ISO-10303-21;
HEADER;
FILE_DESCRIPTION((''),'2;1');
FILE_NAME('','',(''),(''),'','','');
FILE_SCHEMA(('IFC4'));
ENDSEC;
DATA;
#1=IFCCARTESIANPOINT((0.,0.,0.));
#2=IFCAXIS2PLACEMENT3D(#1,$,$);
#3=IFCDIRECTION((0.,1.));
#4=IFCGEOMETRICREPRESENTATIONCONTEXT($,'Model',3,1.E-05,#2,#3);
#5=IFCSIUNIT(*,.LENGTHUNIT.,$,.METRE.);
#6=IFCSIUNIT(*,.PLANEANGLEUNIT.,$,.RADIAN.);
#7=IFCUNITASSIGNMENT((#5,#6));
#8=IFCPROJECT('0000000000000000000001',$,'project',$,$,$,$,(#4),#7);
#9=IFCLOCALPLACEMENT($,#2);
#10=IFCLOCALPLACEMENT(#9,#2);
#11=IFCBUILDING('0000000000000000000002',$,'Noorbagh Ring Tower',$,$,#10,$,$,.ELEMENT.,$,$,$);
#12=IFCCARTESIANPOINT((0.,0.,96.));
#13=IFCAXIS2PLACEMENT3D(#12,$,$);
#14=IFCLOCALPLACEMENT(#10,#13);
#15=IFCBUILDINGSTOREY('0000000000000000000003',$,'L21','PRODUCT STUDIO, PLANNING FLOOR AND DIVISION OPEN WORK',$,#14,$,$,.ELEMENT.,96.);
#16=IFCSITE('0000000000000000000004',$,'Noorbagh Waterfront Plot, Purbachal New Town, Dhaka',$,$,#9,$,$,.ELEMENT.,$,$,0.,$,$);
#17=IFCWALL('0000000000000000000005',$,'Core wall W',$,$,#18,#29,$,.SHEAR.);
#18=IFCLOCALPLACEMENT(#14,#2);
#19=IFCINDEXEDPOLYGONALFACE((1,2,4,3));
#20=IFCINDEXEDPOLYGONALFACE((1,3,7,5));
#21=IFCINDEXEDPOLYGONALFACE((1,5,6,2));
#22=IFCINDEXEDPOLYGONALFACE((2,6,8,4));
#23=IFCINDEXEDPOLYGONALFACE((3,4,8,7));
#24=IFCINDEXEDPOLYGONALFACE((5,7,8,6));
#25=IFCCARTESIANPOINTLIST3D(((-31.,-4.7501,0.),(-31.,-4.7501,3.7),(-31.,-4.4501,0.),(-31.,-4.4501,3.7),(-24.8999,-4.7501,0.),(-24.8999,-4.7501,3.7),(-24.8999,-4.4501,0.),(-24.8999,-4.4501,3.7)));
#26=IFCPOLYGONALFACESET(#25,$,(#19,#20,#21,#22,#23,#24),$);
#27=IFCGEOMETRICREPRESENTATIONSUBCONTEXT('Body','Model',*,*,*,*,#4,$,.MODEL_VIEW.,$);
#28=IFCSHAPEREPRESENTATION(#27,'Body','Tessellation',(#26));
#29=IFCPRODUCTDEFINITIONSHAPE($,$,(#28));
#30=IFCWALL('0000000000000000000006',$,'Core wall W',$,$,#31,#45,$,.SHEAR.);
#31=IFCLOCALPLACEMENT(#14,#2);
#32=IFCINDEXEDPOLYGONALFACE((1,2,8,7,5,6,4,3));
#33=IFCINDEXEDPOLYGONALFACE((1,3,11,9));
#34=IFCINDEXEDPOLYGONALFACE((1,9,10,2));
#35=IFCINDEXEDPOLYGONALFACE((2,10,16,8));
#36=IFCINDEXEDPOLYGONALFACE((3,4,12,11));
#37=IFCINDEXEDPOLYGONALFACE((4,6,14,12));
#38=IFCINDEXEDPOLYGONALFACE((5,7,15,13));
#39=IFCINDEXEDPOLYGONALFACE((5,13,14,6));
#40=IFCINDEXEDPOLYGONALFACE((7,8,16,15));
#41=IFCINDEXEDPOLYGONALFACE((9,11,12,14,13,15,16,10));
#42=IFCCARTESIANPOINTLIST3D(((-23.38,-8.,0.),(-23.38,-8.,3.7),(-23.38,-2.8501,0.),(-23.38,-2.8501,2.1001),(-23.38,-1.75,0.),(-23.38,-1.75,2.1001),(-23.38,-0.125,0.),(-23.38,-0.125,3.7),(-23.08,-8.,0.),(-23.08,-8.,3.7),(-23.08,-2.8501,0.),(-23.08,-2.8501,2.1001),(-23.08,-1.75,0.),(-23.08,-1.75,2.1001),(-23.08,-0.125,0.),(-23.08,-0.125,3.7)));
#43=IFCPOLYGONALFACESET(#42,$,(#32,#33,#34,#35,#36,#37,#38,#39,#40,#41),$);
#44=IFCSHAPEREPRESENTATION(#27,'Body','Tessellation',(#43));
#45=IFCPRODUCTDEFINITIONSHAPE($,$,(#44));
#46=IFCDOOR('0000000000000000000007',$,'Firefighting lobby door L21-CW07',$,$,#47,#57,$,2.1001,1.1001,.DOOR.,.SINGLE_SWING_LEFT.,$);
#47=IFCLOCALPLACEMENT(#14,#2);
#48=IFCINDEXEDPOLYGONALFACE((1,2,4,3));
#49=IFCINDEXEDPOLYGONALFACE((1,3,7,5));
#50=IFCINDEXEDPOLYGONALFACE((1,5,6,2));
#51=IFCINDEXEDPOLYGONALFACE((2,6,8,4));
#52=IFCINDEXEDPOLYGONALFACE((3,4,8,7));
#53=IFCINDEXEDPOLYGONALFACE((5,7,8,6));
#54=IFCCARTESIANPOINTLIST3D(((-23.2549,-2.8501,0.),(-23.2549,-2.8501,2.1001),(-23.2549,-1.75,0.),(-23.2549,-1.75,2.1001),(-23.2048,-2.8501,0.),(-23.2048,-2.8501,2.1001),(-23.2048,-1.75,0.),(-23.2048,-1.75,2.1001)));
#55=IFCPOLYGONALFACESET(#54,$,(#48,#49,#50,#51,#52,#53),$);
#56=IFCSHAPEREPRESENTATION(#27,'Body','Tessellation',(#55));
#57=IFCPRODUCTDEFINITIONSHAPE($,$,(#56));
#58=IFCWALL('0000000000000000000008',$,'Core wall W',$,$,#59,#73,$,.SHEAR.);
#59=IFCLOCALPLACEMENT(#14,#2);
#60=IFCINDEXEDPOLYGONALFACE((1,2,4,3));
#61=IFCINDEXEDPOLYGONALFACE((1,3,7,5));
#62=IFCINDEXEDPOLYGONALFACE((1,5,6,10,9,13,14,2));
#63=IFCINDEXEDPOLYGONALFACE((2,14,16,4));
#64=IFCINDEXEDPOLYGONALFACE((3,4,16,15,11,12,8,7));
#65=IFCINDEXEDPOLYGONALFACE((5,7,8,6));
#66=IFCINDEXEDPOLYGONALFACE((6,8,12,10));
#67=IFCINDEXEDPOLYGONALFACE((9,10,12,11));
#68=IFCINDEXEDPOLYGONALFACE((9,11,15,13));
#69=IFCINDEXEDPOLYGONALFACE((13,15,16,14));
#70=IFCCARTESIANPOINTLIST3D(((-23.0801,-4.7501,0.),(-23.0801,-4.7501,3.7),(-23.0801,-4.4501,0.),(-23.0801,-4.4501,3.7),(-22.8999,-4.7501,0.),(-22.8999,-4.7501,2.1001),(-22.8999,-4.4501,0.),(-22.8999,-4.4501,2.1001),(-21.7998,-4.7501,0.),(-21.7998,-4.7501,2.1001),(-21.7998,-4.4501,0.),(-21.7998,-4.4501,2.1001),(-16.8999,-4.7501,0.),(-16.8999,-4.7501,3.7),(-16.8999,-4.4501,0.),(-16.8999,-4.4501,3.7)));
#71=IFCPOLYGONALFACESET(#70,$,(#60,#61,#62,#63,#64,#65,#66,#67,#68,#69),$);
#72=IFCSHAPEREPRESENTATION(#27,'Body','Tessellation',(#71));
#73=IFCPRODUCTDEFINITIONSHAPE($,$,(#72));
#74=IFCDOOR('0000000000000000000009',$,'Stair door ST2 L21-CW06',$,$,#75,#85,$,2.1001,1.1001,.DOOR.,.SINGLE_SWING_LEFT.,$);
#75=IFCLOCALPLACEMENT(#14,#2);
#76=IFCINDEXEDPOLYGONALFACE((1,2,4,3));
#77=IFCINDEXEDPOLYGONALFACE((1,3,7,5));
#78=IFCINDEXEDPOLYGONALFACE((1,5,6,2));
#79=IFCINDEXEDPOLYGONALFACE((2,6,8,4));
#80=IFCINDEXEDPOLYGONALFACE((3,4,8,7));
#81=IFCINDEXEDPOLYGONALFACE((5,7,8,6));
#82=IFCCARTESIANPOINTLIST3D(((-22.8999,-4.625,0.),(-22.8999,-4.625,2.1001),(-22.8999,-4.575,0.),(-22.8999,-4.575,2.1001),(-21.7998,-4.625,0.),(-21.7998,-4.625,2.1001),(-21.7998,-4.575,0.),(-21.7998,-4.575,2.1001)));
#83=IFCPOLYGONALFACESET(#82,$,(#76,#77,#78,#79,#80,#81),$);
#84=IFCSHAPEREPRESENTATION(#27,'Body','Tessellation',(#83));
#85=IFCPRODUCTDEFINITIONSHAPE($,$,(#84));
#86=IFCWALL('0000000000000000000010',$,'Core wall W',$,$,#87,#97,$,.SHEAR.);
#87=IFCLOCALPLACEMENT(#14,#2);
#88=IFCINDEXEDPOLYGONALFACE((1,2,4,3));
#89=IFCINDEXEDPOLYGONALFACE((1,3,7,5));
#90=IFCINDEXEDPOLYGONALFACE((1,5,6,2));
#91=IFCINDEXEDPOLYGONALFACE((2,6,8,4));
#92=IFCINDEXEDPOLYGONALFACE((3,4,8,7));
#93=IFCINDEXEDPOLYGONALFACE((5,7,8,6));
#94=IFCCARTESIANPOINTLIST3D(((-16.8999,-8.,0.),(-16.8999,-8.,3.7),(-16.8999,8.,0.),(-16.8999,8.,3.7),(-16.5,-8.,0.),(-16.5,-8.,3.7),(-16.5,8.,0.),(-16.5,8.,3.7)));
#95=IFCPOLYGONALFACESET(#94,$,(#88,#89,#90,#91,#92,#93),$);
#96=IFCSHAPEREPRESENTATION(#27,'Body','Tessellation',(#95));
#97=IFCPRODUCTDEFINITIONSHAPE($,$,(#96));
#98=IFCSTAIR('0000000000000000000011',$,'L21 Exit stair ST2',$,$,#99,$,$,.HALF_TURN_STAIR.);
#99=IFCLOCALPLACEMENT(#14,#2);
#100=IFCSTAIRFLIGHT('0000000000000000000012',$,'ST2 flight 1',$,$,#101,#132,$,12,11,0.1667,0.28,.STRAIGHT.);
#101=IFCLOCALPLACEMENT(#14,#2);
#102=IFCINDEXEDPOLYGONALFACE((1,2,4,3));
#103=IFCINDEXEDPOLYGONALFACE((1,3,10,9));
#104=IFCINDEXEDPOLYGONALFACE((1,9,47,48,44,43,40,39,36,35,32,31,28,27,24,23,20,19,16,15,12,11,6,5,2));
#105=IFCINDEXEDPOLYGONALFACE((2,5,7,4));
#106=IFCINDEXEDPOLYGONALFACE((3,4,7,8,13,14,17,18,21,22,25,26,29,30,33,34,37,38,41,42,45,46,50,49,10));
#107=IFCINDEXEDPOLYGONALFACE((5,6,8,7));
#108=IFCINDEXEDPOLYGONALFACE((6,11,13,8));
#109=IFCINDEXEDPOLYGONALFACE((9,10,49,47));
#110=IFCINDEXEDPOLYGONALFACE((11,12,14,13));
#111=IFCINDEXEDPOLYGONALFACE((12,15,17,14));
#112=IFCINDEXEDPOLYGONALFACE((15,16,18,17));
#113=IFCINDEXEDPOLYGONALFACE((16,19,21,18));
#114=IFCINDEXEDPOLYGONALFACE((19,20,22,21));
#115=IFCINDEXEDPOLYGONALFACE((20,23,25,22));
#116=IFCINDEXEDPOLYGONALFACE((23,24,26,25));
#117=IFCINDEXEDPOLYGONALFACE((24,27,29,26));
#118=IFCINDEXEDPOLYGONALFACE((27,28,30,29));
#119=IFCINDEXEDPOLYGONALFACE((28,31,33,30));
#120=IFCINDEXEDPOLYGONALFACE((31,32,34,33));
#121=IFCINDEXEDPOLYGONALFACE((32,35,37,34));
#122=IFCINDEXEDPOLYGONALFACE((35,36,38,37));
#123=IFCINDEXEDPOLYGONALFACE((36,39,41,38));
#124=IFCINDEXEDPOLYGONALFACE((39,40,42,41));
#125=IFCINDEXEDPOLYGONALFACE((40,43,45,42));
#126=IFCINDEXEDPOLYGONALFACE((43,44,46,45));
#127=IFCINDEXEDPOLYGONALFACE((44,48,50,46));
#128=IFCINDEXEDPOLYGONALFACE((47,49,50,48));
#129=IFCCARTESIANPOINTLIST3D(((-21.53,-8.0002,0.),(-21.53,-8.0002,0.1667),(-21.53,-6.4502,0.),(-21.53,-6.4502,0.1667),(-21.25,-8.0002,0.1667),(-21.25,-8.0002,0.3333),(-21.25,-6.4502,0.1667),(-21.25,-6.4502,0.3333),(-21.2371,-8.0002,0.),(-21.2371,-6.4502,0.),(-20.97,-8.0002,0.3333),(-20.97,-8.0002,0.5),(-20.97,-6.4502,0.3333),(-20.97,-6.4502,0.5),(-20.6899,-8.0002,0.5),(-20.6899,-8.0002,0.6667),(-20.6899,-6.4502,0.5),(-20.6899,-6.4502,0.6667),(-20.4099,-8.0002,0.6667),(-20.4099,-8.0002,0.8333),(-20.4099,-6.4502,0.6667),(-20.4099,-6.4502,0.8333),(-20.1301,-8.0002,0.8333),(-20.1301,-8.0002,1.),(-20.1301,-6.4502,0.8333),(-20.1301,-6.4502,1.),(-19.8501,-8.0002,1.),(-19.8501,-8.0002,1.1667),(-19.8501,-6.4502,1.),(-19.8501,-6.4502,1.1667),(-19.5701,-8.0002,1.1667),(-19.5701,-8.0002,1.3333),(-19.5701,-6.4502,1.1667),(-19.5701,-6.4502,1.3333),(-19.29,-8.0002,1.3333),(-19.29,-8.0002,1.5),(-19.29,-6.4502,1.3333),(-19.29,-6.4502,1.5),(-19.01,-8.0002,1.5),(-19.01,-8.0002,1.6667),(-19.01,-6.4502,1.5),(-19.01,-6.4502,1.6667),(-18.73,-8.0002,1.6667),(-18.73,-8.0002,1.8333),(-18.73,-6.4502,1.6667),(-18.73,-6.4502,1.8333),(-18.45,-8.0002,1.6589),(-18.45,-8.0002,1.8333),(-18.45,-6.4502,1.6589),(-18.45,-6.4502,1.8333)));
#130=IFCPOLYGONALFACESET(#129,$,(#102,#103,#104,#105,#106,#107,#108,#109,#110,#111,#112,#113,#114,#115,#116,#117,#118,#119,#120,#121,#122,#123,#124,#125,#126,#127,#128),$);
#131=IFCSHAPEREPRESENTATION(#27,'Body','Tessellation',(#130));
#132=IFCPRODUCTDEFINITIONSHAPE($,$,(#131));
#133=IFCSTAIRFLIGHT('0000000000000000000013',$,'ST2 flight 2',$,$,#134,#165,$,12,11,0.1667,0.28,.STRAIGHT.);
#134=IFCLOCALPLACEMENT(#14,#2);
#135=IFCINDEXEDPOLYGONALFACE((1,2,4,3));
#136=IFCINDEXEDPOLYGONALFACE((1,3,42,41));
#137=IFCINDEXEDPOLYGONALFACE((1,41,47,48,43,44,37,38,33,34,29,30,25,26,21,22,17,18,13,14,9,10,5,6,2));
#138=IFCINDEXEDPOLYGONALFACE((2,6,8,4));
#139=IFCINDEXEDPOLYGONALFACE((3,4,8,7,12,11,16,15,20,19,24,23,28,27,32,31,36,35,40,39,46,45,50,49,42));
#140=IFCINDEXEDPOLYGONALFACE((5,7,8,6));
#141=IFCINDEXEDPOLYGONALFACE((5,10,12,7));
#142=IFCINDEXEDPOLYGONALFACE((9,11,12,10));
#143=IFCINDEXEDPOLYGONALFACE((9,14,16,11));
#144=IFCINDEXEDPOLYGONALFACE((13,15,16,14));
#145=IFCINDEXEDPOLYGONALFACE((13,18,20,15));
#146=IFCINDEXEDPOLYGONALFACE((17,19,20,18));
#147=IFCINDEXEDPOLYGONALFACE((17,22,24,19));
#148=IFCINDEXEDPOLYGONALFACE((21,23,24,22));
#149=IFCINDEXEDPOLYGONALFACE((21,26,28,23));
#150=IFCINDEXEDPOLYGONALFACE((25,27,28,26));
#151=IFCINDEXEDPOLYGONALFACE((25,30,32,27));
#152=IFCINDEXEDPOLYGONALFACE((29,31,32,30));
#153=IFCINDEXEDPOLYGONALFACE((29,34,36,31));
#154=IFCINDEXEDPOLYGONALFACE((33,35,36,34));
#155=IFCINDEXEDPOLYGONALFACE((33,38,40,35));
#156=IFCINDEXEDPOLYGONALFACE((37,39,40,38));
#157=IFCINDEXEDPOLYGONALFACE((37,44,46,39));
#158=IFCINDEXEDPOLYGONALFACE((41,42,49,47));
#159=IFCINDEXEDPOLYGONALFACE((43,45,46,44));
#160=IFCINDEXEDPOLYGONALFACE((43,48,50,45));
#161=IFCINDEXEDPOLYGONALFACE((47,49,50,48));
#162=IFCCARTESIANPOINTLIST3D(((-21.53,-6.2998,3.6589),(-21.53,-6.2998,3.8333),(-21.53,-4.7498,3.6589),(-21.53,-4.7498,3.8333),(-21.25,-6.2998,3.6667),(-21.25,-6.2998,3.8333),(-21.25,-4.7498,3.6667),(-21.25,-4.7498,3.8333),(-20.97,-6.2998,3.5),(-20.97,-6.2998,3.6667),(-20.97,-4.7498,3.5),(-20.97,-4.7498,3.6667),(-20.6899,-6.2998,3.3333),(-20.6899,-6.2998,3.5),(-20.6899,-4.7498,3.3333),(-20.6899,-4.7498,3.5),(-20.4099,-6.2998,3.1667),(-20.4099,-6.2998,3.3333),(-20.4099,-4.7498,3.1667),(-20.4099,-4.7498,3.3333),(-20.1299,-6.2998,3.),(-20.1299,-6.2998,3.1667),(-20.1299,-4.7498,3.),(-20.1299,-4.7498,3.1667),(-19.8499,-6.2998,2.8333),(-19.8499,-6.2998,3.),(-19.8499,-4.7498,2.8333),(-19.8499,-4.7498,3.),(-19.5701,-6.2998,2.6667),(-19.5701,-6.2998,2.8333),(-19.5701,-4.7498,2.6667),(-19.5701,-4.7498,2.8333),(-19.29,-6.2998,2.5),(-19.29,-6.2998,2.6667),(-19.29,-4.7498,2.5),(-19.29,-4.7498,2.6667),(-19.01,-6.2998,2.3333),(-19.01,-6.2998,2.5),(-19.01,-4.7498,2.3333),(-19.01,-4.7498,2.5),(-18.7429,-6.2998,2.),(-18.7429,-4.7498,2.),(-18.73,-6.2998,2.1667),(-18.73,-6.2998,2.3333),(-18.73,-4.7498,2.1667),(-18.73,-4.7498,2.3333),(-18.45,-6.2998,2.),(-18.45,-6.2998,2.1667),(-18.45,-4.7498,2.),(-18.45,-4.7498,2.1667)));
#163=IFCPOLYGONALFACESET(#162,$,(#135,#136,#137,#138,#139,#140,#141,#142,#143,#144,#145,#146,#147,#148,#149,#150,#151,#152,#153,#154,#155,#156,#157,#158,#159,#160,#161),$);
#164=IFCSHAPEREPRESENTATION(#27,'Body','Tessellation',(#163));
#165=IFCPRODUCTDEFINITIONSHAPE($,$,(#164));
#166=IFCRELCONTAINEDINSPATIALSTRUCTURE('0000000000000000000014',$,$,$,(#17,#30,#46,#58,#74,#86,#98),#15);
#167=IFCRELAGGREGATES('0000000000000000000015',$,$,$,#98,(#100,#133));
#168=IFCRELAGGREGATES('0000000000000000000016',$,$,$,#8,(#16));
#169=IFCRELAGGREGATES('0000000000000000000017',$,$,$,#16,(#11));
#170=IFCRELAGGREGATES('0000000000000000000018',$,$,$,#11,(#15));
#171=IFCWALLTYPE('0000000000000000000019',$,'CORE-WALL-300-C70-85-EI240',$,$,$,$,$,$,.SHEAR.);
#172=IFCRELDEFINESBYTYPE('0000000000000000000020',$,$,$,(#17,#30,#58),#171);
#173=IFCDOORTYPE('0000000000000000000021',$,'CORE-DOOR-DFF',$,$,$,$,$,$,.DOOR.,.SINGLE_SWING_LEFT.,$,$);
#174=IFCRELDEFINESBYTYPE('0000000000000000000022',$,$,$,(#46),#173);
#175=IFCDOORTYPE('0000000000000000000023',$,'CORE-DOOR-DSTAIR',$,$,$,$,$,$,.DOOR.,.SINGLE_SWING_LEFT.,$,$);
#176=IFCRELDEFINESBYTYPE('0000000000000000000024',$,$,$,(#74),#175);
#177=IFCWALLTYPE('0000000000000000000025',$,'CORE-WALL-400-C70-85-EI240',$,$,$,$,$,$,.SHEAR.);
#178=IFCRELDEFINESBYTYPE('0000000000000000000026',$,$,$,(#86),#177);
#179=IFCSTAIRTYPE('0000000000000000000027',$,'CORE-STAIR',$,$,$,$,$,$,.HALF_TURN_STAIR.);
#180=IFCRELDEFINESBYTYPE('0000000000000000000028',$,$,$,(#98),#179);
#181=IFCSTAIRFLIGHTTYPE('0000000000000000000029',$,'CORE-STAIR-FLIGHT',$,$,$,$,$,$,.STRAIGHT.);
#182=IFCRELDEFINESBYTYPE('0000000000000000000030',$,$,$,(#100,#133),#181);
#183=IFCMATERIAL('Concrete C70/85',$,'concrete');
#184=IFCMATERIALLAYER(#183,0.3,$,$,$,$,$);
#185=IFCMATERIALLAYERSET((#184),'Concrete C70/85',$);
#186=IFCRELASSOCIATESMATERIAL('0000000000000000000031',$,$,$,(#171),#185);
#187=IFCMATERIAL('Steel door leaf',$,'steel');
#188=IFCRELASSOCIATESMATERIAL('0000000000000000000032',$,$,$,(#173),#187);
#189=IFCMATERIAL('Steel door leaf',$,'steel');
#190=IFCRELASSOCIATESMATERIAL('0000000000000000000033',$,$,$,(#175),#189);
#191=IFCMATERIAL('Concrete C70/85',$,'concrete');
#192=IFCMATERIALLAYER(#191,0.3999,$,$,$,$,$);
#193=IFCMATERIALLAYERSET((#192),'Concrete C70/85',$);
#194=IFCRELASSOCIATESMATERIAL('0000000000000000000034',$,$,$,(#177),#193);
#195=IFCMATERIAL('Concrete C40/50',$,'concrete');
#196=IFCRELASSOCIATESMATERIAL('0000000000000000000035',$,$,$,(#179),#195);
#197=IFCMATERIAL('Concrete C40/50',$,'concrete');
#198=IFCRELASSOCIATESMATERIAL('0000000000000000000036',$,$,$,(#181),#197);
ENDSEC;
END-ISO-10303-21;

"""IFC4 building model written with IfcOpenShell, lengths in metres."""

from ifc_helpers import new_model, si_unit, direction, frame, frame_2d, origin, place, context, subcontext, project, spatial, polyline, rectangle, outline, extrude, material, layer, layer_set, type_object, element, fill, aggregate, save


model = new_model("IFC4")

# Units and contexts
model_context = context("Model", 3, precision=1e-05, world=origin(), true_north=direction((0.0, 1.0)))
body_context = subcontext(model_context, "Body", "Model", "MODEL_VIEW")
ifc_project = project(units=[si_unit("LENGTHUNIT", "METRE"), si_unit("PLANEANGLEUNIT", "RADIAN")], contexts=[model_context])

# Site, building, storey
site_placement = place(None, origin())
site = spatial("IfcSite", under=ifc_project, at=site_placement, Name="Noorbagh Waterfront Plot, Purbachal New Town, Dhaka", CompositionType="ELEMENT", RefElevation=0.0)
building_placement = place(site_placement, origin())
building = spatial("IfcBuilding", under=site, at=building_placement, Name="Noorbagh Ring Tower", CompositionType="ELEMENT")
storey_placement = place(building_placement, frame((0.0, 0.0, 96.0)))
storey = spatial("IfcBuildingStorey", under=building, at=storey_placement, Name="L21", Description="PRODUCT STUDIO, PLANNING FLOOR AND DIVISION OPEN WORK", CompositionType="ELEMENT", Elevation=96.0)

# Wall
ifc_material_1 = material(Name="Concrete C70/85", Category="concrete")
ifc_layer_1 = layer(ifc_material_1, 0.3)
ifc_layer_set_1 = layer_set([ifc_layer_1], Name="Concrete C70/85")
wall_type_1 = type_object("IfcWallType", Name="CORE-WALL-300-C70-85-EI240", PredefinedType="SHEAR", material=ifc_layer_set_1)
wall_1_placement = place(storey_placement, frame((-24.8999, -4.6001, 0.0), z_axis=(0.0, 0.0, 1.0), x_axis=(-1.0, 0.0, 0.0)))
element("IfcWall", 1, at=wall_1_placement, inside=storey, type_object=wall_type_1, Name="Core wall W", PredefinedType="SHEAR", context=body_context, shape_type="SweptSolid", body=[
    extrude(rectangle(XDim=6.1001, YDim=0.3, at=frame_2d((3.05, 0.0))), origin(), (0.0, 0.0, 1.0), 3.7),
])

# Walls, openings, doors
wall_2_placement = place(storey_placement, frame((-23.23, -8.0, 0.0), z_axis=(0.0, 0.0, 1.0), x_axis=(0.0, 1.0, 0.0)))
wall_2 = element("IfcWall", 2, at=wall_2_placement, inside=storey, type_object=wall_type_1, Name="Core wall W", PredefinedType="SHEAR", context=body_context, shape_type="SweptSolid", body=[
    extrude(rectangle(XDim=7.875, YDim=0.3, at=frame_2d((3.9375, 0.0))), origin(), (0.0, 0.0, 1.0), 3.7),
])
opening_1_placement = place(wall_2_placement, frame((5.1499, 0.0, 0.0)))
opening_1 = element("IfcOpeningElement", 3, at=opening_1_placement, cuts=wall_2, PredefinedType="OPENING", context=body_context, shape_type="SweptSolid", body=[
    extrude(rectangle(XDim=1.1001, YDim=2.1001, at=frame_2d((0.55, 1.05))), frame((0.0, 0.1602, 0.0), z_axis=(0.0, -1.0, 0.0), x_axis=(1.0, 0.0, 0.0)), (0.0, 0.0, 1.0), 0.3201),
])
ifc_material_2 = material(Name="Steel door leaf", Category="steel")
door_type_1 = type_object("IfcDoorType", Name="CORE-DOOR-DFF", OperationType="SINGLE_SWING_LEFT", PredefinedType="DOOR", material=ifc_material_2)
door_1_placement = place(opening_1_placement, origin())
door_1 = element("IfcDoor", 4, at=door_1_placement, inside=storey, type_object=door_type_1, Name="Firefighting lobby door L21-CW07", OperationType="SINGLE_SWING_LEFT", OverallHeight=2.1001, OverallWidth=1.1001, PredefinedType="DOOR", context=body_context, shape_type="SweptSolid", body=[
    extrude(rectangle(XDim=1.1001, YDim=2.1001, at=frame_2d((0.55, 1.05))), frame((0.0, 0.0249, 0.0), z_axis=(0.0, -1.0, 0.0), x_axis=(1.0, 0.0, 0.0)), (0.0, 0.0, 1.0), 0.05),
])
fill(opening_1, door_1)
wall_3_placement = place(storey_placement, frame((-16.8999, -4.6001, 0.0), z_axis=(0.0, 0.0, 1.0), x_axis=(-1.0, 0.0, 0.0)))
wall_3 = element("IfcWall", 5, at=wall_3_placement, inside=storey, type_object=wall_type_1, Name="Core wall W", PredefinedType="SHEAR", context=body_context, shape_type="SweptSolid", body=[
    extrude(rectangle(XDim=6.1802, YDim=0.3, at=frame_2d((3.0901, 0.0))), origin(), (0.0, 0.0, 1.0), 3.7),
])
opening_2_placement = place(wall_3_placement, frame((4.8999, 0.0, 0.0)))
opening_2 = element("IfcOpeningElement", 6, at=opening_2_placement, cuts=wall_3, PredefinedType="OPENING", context=body_context, shape_type="SweptSolid", body=[
    extrude(rectangle(XDim=1.1001, YDim=2.1001, at=frame_2d((0.55, 1.05))), frame((0.0, 0.1602, 0.0), z_axis=(0.0, -1.0, 0.0), x_axis=(1.0, 0.0, 0.0)), (0.0, 0.0, 1.0), 0.3201),
])
ifc_material_3 = material(Name="Steel door leaf", Category="steel")
door_type_2 = type_object("IfcDoorType", Name="CORE-DOOR-DSTAIR", OperationType="SINGLE_SWING_LEFT", PredefinedType="DOOR", material=ifc_material_3)
door_2_placement = place(opening_2_placement, origin())
door_2 = element("IfcDoor", 7, at=door_2_placement, inside=storey, type_object=door_type_2, Name="Stair door ST2 L21-CW06", OperationType="SINGLE_SWING_LEFT", OverallHeight=2.1001, OverallWidth=1.1001, PredefinedType="DOOR", context=body_context, shape_type="SweptSolid", body=[
    extrude(rectangle(XDim=1.1001, YDim=2.1001, at=frame_2d((0.55, 1.05))), frame((0.0, 0.0249, 0.0), z_axis=(0.0, -1.0, 0.0), x_axis=(1.0, 0.0, 0.0)), (0.0, 0.0, 1.0), 0.05),
])
fill(opening_2, door_2)

# Wall
ifc_material_4 = material(Name="Concrete C70/85", Category="concrete")
ifc_layer_2 = layer(ifc_material_4, 0.3999)
ifc_layer_set_2 = layer_set([ifc_layer_2], Name="Concrete C70/85")
wall_type_2 = type_object("IfcWallType", Name="CORE-WALL-400-C70-85-EI240", PredefinedType="SHEAR", material=ifc_layer_set_2)
wall_4_placement = place(storey_placement, frame((-16.7, -8.0, 0.0), z_axis=(0.0, 0.0, 1.0), x_axis=(0.0, 1.0, 0.0)))
element("IfcWall", 8, at=wall_4_placement, inside=storey, type_object=wall_type_2, Name="Core wall W", PredefinedType="SHEAR", context=body_context, shape_type="SweptSolid", body=[
    extrude(rectangle(XDim=16.0, YDim=0.3999, at=frame_2d((8.0, 0.0))), origin(), (0.0, 0.0, 1.0), 3.7),
])

# Stair, stair flights
ifc_material_5 = material(Name="Concrete C40/50", Category="concrete")
stair_type = type_object("IfcStairType", Name="CORE-STAIR", PredefinedType="HALF_TURN_STAIR", material=ifc_material_5)
stair_placement = place(storey_placement, origin())
stair = element("IfcStair", 9, at=stair_placement, inside=storey, type_object=stair_type, Name="L21 Exit stair ST2", PredefinedType="HALF_TURN_STAIR")
ifc_material_6 = material(Name="Concrete C40/50", Category="concrete")
stair_flight_type = type_object("IfcStairFlightType", Name="CORE-STAIR-FLIGHT", PredefinedType="STRAIGHT", material=ifc_material_6)
stair_flight_1_placement = place(storey_placement, frame((-21.53, -7.2251, 0.0), z_axis=(0.0, 0.0, 1.0), x_axis=(1.0, 0.0, 0.0)))
stair_flight_1 = element("IfcStairFlight", 10, at=stair_flight_1_placement, type_object=stair_flight_type, Name="ST2 flight 1", NumberOfRisers=12, NumberOfTreads=11, PredefinedType="STRAIGHT", RiserHeight=0.1667, TreadLength=0.28, context=body_context, shape_type="SweptSolid", body=[
    extrude(outline(polyline([(0.0, 0.0), (0.0, 0.1667), (0.28, 0.1667), (0.28, 0.3333), (0.5601, 0.3333), (0.5601, 0.5), (0.8401, 0.5), (0.8401, 0.6667), (1.1201, 0.6667), (1.1201, 0.8333), (1.3999, 0.8333), (1.3999, 1.0), (1.6799, 1.0), (1.6799, 1.1667), (1.96, 1.1667), (1.96, 1.3333), (2.24, 1.3333), (2.24, 1.5), (2.52, 1.5), (2.52, 1.6667), (2.8, 1.6667), (2.8, 1.8333), (3.0801, 1.8333), (3.0801, 2.0), (3.0801, 1.6589), (0.293, 0.0), (0.0, 0.0)])), frame((0.0, 0.7749, 0.0), z_axis=(0.0, -1.0, 0.0), x_axis=(1.0, 0.0, 0.0)), (0.0, 0.0, 1.0), 1.55),
])
stair_flight_2_placement = place(storey_placement, frame((-18.45, -5.5249, 2.0), z_axis=(0.0, 0.0, 1.0), x_axis=(-1.0, 0.0, 0.0)))
stair_flight_2 = element("IfcStairFlight", 11, at=stair_flight_2_placement, type_object=stair_flight_type, Name="ST2 flight 2", NumberOfRisers=12, NumberOfTreads=11, PredefinedType="STRAIGHT", RiserHeight=0.1667, TreadLength=0.28, context=body_context, shape_type="SweptSolid", body=[
    extrude(outline(polyline([(0.0, 0.0), (0.0, 0.1667), (0.28, 0.1667), (0.28, 0.3333), (0.5601, 0.3333), (0.5601, 0.5), (0.8401, 0.5), (0.8401, 0.6667), (1.1201, 0.6667), (1.1201, 0.8333), (1.3999, 0.8333), (1.3999, 1.0), (1.6799, 1.0), (1.6799, 1.1667), (1.96, 1.1667), (1.96, 1.3333), (2.24, 1.3333), (2.24, 1.5), (2.52, 1.5), (2.52, 1.6667), (2.8, 1.6667), (2.8, 1.8333), (3.0801, 1.8333), (3.0801, 2.0), (3.0801, 1.6589), (0.293, 0.0), (0.0, 0.0)])), frame((0.0, 0.7749, 0.0), z_axis=(0.0, -1.0, 0.0), x_axis=(1.0, 0.0, 0.0)), (0.0, 0.0, 1.0), 1.55),
])
aggregate(stair, [stair_flight_1, stair_flight_2])

save(model, "model.ifc")
